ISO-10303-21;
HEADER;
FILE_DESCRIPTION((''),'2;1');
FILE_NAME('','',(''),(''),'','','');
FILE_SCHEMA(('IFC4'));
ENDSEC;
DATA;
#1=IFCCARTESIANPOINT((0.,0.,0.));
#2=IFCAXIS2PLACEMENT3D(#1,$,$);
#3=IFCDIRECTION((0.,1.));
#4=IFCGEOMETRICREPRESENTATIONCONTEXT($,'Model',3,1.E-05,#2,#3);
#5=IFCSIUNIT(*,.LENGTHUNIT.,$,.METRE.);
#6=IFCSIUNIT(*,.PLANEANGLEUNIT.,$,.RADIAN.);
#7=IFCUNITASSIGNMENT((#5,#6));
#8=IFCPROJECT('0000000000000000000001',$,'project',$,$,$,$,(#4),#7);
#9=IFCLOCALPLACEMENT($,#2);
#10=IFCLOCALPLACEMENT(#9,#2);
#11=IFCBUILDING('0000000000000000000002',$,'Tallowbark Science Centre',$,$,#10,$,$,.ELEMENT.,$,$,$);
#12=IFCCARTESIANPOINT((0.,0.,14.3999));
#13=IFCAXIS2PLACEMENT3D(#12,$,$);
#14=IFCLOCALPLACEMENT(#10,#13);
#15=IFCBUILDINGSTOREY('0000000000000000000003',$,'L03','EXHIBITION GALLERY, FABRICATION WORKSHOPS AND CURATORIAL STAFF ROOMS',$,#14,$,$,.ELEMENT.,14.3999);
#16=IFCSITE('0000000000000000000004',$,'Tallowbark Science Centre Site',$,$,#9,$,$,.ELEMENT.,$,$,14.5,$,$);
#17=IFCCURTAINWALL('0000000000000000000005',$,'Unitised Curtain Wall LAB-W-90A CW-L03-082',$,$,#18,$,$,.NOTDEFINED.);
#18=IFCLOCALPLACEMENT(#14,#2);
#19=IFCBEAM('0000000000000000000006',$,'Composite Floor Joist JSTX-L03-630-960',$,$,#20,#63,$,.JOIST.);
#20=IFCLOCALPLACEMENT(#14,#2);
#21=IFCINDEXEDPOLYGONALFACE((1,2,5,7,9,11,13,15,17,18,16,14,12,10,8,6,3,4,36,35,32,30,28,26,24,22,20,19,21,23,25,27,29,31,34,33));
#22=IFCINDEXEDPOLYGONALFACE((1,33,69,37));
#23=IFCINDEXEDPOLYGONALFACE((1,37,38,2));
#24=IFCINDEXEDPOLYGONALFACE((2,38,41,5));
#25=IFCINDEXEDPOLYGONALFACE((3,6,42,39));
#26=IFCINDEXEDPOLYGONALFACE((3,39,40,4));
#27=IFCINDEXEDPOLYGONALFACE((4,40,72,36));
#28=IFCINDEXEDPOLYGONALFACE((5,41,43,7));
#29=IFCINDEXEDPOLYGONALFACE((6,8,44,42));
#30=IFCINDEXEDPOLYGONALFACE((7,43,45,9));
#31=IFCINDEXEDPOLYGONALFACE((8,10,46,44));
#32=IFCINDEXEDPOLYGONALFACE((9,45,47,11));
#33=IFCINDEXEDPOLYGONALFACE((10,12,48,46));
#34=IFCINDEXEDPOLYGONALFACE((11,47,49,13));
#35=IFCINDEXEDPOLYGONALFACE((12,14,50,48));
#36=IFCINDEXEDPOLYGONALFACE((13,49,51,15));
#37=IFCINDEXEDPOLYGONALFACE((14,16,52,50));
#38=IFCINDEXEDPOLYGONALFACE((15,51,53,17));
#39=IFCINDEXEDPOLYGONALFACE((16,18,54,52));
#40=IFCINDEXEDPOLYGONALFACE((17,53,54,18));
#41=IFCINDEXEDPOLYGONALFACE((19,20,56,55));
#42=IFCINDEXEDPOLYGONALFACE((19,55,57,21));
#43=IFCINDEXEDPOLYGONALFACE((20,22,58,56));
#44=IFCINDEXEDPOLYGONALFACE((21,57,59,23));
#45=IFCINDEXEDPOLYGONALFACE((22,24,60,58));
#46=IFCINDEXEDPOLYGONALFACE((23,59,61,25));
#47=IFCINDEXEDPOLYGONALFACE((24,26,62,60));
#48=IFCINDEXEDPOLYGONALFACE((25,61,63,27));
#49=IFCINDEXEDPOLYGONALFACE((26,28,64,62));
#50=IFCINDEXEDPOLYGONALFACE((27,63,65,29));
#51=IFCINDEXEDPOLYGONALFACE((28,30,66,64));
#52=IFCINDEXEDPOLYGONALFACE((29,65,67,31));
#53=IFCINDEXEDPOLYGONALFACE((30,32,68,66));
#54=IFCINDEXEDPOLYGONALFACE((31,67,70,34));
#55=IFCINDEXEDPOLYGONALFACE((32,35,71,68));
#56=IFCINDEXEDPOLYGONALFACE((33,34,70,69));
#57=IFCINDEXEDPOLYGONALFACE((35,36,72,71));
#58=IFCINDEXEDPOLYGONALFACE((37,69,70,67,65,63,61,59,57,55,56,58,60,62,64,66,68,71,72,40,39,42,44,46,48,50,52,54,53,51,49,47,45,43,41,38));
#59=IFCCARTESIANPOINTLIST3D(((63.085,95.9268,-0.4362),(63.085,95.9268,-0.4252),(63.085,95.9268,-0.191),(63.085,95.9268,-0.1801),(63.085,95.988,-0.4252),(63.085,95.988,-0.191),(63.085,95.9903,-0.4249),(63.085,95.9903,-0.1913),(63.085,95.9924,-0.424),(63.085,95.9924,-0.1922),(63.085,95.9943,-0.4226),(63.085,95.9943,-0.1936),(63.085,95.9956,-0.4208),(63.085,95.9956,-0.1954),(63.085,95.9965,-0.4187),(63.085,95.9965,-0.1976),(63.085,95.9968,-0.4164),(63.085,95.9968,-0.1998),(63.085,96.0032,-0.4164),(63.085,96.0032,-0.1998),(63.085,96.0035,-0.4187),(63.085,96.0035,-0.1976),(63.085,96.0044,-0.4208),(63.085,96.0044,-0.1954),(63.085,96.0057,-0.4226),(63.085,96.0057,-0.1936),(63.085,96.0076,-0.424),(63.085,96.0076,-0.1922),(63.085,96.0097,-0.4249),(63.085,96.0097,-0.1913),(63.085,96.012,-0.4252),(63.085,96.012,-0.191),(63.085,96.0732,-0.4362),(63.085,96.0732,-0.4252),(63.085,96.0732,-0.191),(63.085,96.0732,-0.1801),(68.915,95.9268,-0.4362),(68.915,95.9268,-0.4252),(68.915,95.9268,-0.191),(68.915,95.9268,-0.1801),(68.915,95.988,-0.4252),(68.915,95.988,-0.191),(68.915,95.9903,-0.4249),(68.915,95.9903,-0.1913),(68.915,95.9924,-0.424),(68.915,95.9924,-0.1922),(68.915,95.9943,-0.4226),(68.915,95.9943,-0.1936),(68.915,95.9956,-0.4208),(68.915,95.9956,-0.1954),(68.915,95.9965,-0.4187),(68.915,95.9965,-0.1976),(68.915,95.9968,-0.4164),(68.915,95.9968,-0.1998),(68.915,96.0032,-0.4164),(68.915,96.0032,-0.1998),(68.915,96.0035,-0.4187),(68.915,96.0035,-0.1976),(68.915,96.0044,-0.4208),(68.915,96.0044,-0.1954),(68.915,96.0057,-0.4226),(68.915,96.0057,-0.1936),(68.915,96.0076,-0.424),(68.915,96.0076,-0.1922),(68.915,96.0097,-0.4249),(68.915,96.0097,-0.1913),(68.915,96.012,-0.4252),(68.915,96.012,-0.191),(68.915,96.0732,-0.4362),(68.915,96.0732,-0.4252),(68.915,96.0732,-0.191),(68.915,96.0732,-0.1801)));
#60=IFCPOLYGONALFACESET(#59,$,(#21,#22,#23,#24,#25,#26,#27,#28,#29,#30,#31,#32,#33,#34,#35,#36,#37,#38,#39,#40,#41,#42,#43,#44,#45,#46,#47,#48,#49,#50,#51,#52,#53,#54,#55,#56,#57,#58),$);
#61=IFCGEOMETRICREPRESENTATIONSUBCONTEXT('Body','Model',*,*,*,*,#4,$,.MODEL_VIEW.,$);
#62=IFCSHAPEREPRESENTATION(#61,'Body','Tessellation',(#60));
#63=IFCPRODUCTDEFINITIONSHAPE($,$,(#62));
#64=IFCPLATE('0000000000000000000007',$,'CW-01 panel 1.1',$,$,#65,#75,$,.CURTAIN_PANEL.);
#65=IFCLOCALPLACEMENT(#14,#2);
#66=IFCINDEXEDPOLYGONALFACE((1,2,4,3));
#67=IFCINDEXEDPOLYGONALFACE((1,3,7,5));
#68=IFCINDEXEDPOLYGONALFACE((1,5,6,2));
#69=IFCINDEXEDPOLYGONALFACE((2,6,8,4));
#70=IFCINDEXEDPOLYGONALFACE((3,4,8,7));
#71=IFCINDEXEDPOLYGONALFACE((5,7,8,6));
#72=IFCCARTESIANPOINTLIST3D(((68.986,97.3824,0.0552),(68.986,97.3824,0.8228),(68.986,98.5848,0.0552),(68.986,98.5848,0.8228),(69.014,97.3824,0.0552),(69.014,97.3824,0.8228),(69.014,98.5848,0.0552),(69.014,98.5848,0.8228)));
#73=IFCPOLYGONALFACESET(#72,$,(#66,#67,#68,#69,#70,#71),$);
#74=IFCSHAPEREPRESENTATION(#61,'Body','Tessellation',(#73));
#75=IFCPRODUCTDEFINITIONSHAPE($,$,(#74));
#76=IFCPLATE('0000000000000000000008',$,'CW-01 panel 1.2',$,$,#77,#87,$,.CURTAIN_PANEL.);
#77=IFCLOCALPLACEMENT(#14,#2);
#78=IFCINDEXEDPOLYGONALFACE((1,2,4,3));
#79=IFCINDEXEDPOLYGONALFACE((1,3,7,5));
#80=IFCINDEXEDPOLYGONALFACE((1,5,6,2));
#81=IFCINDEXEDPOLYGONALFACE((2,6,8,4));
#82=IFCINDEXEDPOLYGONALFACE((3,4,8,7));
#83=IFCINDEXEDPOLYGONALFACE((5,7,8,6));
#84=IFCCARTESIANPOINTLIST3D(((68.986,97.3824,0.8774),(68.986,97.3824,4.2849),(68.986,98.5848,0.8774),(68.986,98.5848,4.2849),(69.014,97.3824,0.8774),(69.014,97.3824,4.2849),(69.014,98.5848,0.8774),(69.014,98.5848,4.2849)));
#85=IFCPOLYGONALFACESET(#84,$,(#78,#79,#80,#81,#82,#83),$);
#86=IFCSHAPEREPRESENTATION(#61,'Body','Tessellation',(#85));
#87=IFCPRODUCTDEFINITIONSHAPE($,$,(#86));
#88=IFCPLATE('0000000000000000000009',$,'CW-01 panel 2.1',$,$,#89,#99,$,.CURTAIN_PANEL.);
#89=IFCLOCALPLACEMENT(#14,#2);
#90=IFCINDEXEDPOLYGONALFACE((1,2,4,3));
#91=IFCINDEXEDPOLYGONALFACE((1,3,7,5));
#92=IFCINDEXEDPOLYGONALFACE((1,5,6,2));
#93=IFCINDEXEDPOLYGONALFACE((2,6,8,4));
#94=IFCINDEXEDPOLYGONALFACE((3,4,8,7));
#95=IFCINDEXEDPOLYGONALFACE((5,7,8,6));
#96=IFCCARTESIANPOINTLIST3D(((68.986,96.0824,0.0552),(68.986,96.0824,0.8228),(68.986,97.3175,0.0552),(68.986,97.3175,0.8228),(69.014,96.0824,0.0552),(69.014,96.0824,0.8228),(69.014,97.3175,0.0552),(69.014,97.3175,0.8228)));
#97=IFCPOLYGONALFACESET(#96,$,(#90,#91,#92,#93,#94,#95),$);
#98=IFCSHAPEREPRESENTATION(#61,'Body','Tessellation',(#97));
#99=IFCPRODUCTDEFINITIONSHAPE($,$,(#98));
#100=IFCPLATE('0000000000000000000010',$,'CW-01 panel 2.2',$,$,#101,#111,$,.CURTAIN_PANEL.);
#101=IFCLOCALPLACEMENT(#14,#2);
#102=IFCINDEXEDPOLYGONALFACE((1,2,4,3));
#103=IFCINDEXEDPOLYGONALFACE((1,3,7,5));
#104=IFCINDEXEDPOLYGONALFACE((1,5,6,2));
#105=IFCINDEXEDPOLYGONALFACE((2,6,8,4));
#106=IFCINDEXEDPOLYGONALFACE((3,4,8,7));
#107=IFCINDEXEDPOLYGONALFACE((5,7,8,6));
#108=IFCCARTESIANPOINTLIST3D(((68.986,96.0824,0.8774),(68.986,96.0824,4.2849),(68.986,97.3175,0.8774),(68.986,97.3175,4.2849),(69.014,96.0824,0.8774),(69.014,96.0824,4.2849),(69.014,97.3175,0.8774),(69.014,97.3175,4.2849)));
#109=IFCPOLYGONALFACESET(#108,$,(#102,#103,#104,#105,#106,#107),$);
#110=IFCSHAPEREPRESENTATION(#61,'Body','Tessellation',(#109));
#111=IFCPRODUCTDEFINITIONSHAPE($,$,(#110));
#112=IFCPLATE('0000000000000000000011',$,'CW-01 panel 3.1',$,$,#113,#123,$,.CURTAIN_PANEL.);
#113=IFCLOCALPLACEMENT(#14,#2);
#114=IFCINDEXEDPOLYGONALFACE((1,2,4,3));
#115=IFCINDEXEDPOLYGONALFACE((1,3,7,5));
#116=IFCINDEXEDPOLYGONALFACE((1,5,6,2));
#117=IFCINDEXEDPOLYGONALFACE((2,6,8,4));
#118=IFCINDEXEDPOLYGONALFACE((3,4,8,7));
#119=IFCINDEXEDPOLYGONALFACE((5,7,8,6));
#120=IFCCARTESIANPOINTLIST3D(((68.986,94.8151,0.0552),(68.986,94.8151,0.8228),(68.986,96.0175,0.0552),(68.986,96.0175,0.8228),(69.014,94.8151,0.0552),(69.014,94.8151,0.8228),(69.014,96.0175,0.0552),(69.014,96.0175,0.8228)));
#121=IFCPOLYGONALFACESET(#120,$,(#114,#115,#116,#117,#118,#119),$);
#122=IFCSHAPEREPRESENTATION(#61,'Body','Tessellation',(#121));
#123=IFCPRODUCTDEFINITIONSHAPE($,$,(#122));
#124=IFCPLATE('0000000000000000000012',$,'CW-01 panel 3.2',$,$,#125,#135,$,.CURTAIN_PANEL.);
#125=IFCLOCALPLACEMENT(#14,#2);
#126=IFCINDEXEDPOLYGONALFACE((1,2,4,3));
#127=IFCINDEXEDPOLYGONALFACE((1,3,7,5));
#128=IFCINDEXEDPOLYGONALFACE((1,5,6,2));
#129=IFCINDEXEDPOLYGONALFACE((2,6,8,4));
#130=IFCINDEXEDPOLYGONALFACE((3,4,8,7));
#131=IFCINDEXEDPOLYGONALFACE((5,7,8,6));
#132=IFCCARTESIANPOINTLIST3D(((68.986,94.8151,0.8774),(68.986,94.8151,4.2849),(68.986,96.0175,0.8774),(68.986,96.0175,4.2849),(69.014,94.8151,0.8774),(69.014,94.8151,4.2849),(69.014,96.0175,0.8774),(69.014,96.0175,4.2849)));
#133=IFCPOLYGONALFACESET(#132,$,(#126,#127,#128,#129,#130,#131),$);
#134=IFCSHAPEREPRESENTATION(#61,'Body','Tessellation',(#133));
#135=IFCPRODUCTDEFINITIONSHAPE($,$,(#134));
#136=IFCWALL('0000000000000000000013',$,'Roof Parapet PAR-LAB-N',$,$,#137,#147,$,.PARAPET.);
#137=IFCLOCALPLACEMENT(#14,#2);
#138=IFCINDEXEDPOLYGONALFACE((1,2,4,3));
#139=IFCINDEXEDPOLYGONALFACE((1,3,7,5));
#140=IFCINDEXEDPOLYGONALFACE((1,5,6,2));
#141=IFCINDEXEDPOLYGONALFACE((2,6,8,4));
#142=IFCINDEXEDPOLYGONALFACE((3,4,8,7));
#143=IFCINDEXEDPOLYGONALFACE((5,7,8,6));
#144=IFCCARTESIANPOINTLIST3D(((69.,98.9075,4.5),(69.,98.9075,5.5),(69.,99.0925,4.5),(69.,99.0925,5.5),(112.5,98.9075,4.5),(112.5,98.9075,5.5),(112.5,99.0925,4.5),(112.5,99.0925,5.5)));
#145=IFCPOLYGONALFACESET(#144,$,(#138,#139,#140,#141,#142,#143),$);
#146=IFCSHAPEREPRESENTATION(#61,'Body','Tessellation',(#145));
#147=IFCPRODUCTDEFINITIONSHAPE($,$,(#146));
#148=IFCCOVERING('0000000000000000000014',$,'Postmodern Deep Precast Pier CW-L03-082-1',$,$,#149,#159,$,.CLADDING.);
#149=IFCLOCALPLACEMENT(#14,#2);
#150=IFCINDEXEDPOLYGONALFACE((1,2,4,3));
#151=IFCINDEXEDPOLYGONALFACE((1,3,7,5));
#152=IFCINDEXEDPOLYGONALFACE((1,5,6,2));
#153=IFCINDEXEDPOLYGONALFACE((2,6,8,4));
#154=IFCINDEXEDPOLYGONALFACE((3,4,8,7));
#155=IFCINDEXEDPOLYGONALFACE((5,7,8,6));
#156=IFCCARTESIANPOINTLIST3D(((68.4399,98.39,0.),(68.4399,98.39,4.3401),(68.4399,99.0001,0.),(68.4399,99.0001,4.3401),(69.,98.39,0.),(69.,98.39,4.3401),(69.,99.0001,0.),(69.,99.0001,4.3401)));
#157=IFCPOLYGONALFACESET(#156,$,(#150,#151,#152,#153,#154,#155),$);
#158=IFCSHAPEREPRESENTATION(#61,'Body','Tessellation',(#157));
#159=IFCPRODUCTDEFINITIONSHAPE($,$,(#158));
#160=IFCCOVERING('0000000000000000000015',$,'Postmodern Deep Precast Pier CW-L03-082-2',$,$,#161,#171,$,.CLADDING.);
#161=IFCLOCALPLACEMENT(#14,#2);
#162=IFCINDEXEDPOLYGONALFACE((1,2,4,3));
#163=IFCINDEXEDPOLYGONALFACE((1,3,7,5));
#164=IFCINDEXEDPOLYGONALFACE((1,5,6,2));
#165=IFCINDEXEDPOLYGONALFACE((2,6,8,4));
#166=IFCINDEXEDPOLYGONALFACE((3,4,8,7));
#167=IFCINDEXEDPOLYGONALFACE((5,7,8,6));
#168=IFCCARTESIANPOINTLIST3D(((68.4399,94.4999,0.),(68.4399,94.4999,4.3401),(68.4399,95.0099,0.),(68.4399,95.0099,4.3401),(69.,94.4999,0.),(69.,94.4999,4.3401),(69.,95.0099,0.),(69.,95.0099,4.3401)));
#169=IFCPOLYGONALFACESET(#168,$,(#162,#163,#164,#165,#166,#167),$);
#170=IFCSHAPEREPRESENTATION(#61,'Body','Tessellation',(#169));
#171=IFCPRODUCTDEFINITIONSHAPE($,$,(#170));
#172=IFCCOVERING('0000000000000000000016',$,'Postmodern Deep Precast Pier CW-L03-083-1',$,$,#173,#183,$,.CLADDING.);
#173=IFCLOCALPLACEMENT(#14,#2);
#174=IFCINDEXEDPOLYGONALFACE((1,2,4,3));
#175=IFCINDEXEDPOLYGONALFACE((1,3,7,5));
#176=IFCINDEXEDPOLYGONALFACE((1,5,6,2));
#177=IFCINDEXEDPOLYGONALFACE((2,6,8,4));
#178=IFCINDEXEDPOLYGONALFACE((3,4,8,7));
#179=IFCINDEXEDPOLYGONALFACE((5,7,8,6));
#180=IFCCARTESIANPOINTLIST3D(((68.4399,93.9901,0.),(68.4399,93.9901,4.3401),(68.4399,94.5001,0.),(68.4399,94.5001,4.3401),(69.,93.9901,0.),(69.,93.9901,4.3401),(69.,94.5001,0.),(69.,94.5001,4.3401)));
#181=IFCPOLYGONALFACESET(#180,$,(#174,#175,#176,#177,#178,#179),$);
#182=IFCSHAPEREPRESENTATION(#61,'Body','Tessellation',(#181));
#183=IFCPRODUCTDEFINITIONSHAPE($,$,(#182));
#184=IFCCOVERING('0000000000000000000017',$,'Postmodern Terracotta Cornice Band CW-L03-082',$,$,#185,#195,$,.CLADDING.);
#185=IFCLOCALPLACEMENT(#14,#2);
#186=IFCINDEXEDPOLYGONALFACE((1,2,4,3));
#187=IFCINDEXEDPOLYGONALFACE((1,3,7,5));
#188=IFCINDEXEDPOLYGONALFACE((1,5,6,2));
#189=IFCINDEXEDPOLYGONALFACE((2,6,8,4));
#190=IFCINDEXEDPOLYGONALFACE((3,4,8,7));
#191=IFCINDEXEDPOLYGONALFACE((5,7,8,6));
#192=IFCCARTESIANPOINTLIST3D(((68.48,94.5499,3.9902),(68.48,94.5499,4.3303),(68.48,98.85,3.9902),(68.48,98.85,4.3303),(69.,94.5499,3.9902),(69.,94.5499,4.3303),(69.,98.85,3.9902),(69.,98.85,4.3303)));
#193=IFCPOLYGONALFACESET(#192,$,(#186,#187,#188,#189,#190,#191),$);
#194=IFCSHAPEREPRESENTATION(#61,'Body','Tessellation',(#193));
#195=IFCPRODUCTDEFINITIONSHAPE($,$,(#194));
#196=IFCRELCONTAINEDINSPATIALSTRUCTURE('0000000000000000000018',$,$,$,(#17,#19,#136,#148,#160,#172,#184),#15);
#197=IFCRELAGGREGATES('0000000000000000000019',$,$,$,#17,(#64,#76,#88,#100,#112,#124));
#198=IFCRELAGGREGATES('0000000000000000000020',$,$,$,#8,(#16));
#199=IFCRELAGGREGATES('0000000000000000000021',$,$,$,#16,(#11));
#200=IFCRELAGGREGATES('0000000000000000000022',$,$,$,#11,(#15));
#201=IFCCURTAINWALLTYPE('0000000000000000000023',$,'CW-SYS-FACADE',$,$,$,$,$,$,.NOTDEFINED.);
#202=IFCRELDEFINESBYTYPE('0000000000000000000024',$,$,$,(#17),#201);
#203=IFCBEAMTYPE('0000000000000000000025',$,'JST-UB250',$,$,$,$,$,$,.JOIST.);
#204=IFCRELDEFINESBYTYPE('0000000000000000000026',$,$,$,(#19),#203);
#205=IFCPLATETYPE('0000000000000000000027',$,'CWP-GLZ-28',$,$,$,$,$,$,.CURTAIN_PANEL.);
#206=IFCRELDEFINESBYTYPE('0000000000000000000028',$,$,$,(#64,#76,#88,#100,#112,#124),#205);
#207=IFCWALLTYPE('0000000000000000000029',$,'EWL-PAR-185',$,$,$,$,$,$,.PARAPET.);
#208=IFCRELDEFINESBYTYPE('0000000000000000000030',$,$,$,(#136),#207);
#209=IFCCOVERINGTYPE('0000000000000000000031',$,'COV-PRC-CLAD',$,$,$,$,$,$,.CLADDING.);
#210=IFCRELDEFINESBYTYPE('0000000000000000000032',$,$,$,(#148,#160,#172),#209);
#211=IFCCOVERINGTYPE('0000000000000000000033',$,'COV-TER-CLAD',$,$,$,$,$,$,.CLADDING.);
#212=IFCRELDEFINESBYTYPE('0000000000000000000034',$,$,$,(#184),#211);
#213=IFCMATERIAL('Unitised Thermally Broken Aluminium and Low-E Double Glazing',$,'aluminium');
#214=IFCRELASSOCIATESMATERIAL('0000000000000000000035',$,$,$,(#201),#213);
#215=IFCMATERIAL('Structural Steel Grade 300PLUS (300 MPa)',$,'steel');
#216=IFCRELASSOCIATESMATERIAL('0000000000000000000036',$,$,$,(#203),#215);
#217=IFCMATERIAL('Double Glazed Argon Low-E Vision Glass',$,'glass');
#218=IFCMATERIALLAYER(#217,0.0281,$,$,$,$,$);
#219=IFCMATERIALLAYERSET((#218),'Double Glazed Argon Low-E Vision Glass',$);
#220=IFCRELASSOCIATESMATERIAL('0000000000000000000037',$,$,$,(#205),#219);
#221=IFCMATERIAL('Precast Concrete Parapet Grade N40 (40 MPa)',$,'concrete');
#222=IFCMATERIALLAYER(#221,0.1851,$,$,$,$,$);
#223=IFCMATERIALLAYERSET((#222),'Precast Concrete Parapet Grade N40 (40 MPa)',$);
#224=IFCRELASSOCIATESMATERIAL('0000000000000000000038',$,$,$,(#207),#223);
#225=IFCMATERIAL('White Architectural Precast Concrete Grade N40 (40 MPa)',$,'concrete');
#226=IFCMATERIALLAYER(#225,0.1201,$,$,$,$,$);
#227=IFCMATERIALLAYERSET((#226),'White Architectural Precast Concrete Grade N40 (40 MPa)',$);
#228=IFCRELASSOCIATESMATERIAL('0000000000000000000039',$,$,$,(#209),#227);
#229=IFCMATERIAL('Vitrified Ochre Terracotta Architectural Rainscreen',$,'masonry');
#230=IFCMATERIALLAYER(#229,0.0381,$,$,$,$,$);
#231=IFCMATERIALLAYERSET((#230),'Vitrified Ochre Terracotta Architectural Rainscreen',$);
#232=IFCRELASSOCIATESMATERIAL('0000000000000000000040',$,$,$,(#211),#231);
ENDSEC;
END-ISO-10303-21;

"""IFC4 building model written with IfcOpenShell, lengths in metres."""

from ifc_helpers import new_model, si_unit, direction, frame, frame_2d, origin, origin_2d, place, context, subcontext, project, spatial, rectangle, i_section, extrude, material, layer, layer_set, material_profile, profile_set, type_object, element, aggregate, save


model = new_model("IFC4")

# Units and contexts
model_context = context("Model", 3, precision=1e-05, world=origin(), true_north=direction((0.0, 1.0)))
body_context = subcontext(model_context, "Body", "Model", "MODEL_VIEW")
ifc_project = project(units=[si_unit("LENGTHUNIT", "METRE"), si_unit("PLANEANGLEUNIT", "RADIAN")], contexts=[model_context])

# Site, building, storey
site_placement = place(None, origin())
site = spatial("IfcSite", under=ifc_project, at=site_placement, Name="Tallowbark Science Centre Site", CompositionType="ELEMENT", RefElevation=14.5)
building_placement = place(site_placement, origin())
building = spatial("IfcBuilding", under=site, at=building_placement, Name="Tallowbark Science Centre", CompositionType="ELEMENT")
storey_placement = place(building_placement, frame((0.0, 0.0, 14.3999)))
storey = spatial("IfcBuildingStorey", under=building, at=storey_placement, Name="L03", Description="EXHIBITION GALLERY, FABRICATION WORKSHOPS AND CURATORIAL STAFF ROOMS", CompositionType="ELEMENT", Elevation=14.3999)

# Shared definitions
ifc_material_1 = material(Name="Structural Steel Grade 300PLUS (300 MPa)", Category="steel")

# Curtain wall
ifc_material_2 = material(Name="Unitised Thermally Broken Aluminium and Low-E Double Glazing", Category="aluminium")
curtain_wall_type = type_object("IfcCurtainWallType", Name="CW-SYS-FACADE", PredefinedType="NOTDEFINED", material=ifc_material_2)
curtain_wall_1_placement = place(storey_placement, origin())
curtain_wall_1 = element("IfcCurtainWall", 1, at=curtain_wall_1_placement, inside=storey, type_object=curtain_wall_type, Name="Unitised Curtain Wall LAB-W-90A CW-L03-082", PredefinedType="NOTDEFINED")

# Beam
ifc_material_profile_1 = material_profile(ifc_material_1, i_section(OverallWidth=0.1465, OverallDepth=0.2561, WebThickness=0.0063, FlangeThickness=0.011, FilletRadius=0.0088, at=origin_2d()), Name="250UB37.3")
ifc_profile_set_1 = profile_set([ifc_material_profile_1], Name="Structural Steel Grade 300PLUS (300 MPa)")
beam_type_1 = type_object("IfcBeamType", Name="JST-UB250", PredefinedType="JOIST", material=ifc_profile_set_1)
beam_1_placement = place(storey_placement, frame((63.085, 96.0, -0.3081), z_axis=(1.0, 0.0, 0.0), x_axis=(0.0, 1.0, 0.0)))
element("IfcBeam", 2, at=beam_1_placement, inside=storey, type_object=beam_type_1, Name="Composite Floor Joist JSTX-L03-630-960", PredefinedType="JOIST", context=body_context, shape_type="SweptSolid", body=[
    extrude(i_section(OverallWidth=0.1465, OverallDepth=0.2561, WebThickness=0.0063, FlangeThickness=0.011, FilletRadius=0.0088, at=origin_2d()), origin(), (0.0, 0.0, 1.0), 5.8301),
])

# Plates
ifc_material_3 = material(Name="Double Glazed Argon Low-E Vision Glass", Category="glass")
ifc_layer_1 = layer(ifc_material_3, 0.0281)
ifc_layer_set_1 = layer_set([ifc_layer_1], Name="Double Glazed Argon Low-E Vision Glass")
plate_type = type_object("IfcPlateType", Name="CWP-GLZ-28", PredefinedType="CURTAIN_PANEL", material=ifc_layer_set_1)
plate_1_placement = place(storey_placement, frame((69.0, 97.9836, 0.0552), z_axis=(0.0, 0.0, 1.0), x_axis=(0.0, -1.0, 0.0)))
plate_1 = element("IfcPlate", 3, at=plate_1_placement, type_object=plate_type, Name="CW-01 panel 1.1", PredefinedType="CURTAIN_PANEL", context=body_context, shape_type="SweptSolid", body=[
    extrude(rectangle(XDim=1.2024, YDim=0.0281, at=origin_2d()), origin(), (0.0, 0.0, 1.0), 0.7676),
])
plate_2_placement = place(storey_placement, frame((69.0, 97.9836, 0.8774), z_axis=(0.0, 0.0, 1.0), x_axis=(0.0, -1.0, 0.0)))
plate_2 = element("IfcPlate", 4, at=plate_2_placement, type_object=plate_type, Name="CW-01 panel 1.2", PredefinedType="CURTAIN_PANEL", context=body_context, shape_type="SweptSolid", body=[
    extrude(rectangle(XDim=1.2024, YDim=0.0281, at=origin_2d()), origin(), (0.0, 0.0, 1.0), 3.4075),
])
plate_3_placement = place(storey_placement, frame((69.0, 96.7, 0.0552), z_axis=(0.0, 0.0, 1.0), x_axis=(0.0, -1.0, 0.0)))
plate_3 = element("IfcPlate", 5, at=plate_3_placement, type_object=plate_type, Name="CW-01 panel 2.1", PredefinedType="CURTAIN_PANEL", context=body_context, shape_type="SweptSolid", body=[
    extrude(rectangle(XDim=1.2351, YDim=0.0281, at=origin_2d()), origin(), (0.0, 0.0, 1.0), 0.7676),
])
plate_4_placement = place(storey_placement, frame((69.0, 96.7, 0.8774), z_axis=(0.0, 0.0, 1.0), x_axis=(0.0, -1.0, 0.0)))
plate_4 = element("IfcPlate", 6, at=plate_4_placement, type_object=plate_type, Name="CW-01 panel 2.2", PredefinedType="CURTAIN_PANEL", context=body_context, shape_type="SweptSolid", body=[
    extrude(rectangle(XDim=1.2351, YDim=0.0281, at=origin_2d()), origin(), (0.0, 0.0, 1.0), 3.4075),
])
plate_5_placement = place(storey_placement, frame((69.0, 95.4163, 0.0552), z_axis=(0.0, 0.0, 1.0), x_axis=(0.0, -1.0, 0.0)))
plate_5 = element("IfcPlate", 7, at=plate_5_placement, type_object=plate_type, Name="CW-01 panel 3.1", PredefinedType="CURTAIN_PANEL", context=body_context, shape_type="SweptSolid", body=[
    extrude(rectangle(XDim=1.2024, YDim=0.0281, at=origin_2d()), origin(), (0.0, 0.0, 1.0), 0.7676),
])
plate_6_placement = place(storey_placement, frame((69.0, 95.4163, 0.8774), z_axis=(0.0, 0.0, 1.0), x_axis=(0.0, -1.0, 0.0)))
plate_6 = element("IfcPlate", 8, at=plate_6_placement, type_object=plate_type, Name="CW-01 panel 3.2", PredefinedType="CURTAIN_PANEL", context=body_context, shape_type="SweptSolid", body=[
    extrude(rectangle(XDim=1.2024, YDim=0.0281, at=origin_2d()), origin(), (0.0, 0.0, 1.0), 3.4075),
])
aggregate(curtain_wall_1, [plate_1, plate_2, plate_3, plate_4, plate_5, plate_6])

# Wall
ifc_material_4 = material(Name="Precast Concrete Parapet Grade N40 (40 MPa)", Category="concrete")
ifc_layer_2 = layer(ifc_material_4, 0.1851)
ifc_layer_set_2 = layer_set([ifc_layer_2], Name="Precast Concrete Parapet Grade N40 (40 MPa)")
wall_type = type_object("IfcWallType", Name="EWL-PAR-185", PredefinedType="PARAPET", material=ifc_layer_set_2)
wall_placement = place(storey_placement, frame((69.0, 99.0, 4.5), z_axis=(0.0, 0.0, 1.0), x_axis=(1.0, 0.0, 0.0)))
element("IfcWall", 9, at=wall_placement, inside=storey, type_object=wall_type, Name="Roof Parapet PAR-LAB-N", PredefinedType="PARAPET", context=body_context, shape_type="SweptSolid", body=[
    extrude(rectangle(XDim=43.5, YDim=0.1851, at=frame_2d((21.75, 0.0))), origin(), (0.0, 0.0, 1.0), 1.0),
])

# Coverings
ifc_material_5 = material(Name="White Architectural Precast Concrete Grade N40 (40 MPa)", Category="concrete")
ifc_layer_3 = layer(ifc_material_5, 0.1201)
ifc_layer_set_3 = layer_set([ifc_layer_3], Name="White Architectural Precast Concrete Grade N40 (40 MPa)")
covering_type_1 = type_object("IfcCoveringType", Name="COV-PRC-CLAD", PredefinedType="CLADDING", material=ifc_layer_set_3)
covering_1_placement = place(storey_placement, frame((68.72, 98.6951, 0.0), z_axis=(0.0, 0.0, 1.0), x_axis=(0.0, -1.0, 0.0)))
element("IfcCovering", 10, at=covering_1_placement, inside=storey, type_object=covering_type_1, Name="Postmodern Deep Precast Pier CW-L03-082-1", PredefinedType="CLADDING", context=body_context, shape_type="SweptSolid", body=[
    extrude(rectangle(XDim=0.6101, YDim=0.5601, at=origin_2d()), origin(), (0.0, 0.0, 1.0), 4.3401),
])
for number, where, z_axis, x_axis, name in (
    (11, (68.72, 94.7549, 0.0), (0.0, 0.0, 1.0), (0.0, -1.0, 0.0), "Postmodern Deep Precast Pier CW-L03-082-2"),
    (12, (68.72, 94.2451, 0.0), (0.0, 0.0, 1.0), (0.0, -1.0, 0.0), "Postmodern Deep Precast Pier CW-L03-083-1"),
):
    element("IfcCovering", number, at=place(storey_placement, frame(where, z_axis=z_axis, x_axis=x_axis)), inside=storey, type_object=covering_type_1, Name=name, PredefinedType="CLADDING", context=body_context, shape_type="SweptSolid", body=[
        extrude(rectangle(XDim=0.51, YDim=0.5601, at=origin_2d()), origin(), (0.0, 0.0, 1.0), 4.3401),
    ])
ifc_material_6 = material(Name="Vitrified Ochre Terracotta Architectural Rainscreen", Category="masonry")
ifc_layer_4 = layer(ifc_material_6, 0.0381)
ifc_layer_set_4 = layer_set([ifc_layer_4], Name="Vitrified Ochre Terracotta Architectural Rainscreen")
covering_type_2 = type_object("IfcCoveringType", Name="COV-TER-CLAD", PredefinedType="CLADDING", material=ifc_layer_set_4)
covering_2_placement = place(storey_placement, frame((68.74, 96.7, 3.9902), z_axis=(0.0, 0.0, 1.0), x_axis=(0.0, -1.0, 0.0)))
element("IfcCovering", 13, at=covering_2_placement, inside=storey, type_object=covering_type_2, Name="Postmodern Terracotta Cornice Band CW-L03-082", PredefinedType="CLADDING", context=body_context, shape_type="SweptSolid", body=[
    extrude(rectangle(XDim=4.3, YDim=0.52, at=origin_2d()), origin(), (0.0, 0.0, 1.0), 0.3401),
])

save(model, "model.ifc")
